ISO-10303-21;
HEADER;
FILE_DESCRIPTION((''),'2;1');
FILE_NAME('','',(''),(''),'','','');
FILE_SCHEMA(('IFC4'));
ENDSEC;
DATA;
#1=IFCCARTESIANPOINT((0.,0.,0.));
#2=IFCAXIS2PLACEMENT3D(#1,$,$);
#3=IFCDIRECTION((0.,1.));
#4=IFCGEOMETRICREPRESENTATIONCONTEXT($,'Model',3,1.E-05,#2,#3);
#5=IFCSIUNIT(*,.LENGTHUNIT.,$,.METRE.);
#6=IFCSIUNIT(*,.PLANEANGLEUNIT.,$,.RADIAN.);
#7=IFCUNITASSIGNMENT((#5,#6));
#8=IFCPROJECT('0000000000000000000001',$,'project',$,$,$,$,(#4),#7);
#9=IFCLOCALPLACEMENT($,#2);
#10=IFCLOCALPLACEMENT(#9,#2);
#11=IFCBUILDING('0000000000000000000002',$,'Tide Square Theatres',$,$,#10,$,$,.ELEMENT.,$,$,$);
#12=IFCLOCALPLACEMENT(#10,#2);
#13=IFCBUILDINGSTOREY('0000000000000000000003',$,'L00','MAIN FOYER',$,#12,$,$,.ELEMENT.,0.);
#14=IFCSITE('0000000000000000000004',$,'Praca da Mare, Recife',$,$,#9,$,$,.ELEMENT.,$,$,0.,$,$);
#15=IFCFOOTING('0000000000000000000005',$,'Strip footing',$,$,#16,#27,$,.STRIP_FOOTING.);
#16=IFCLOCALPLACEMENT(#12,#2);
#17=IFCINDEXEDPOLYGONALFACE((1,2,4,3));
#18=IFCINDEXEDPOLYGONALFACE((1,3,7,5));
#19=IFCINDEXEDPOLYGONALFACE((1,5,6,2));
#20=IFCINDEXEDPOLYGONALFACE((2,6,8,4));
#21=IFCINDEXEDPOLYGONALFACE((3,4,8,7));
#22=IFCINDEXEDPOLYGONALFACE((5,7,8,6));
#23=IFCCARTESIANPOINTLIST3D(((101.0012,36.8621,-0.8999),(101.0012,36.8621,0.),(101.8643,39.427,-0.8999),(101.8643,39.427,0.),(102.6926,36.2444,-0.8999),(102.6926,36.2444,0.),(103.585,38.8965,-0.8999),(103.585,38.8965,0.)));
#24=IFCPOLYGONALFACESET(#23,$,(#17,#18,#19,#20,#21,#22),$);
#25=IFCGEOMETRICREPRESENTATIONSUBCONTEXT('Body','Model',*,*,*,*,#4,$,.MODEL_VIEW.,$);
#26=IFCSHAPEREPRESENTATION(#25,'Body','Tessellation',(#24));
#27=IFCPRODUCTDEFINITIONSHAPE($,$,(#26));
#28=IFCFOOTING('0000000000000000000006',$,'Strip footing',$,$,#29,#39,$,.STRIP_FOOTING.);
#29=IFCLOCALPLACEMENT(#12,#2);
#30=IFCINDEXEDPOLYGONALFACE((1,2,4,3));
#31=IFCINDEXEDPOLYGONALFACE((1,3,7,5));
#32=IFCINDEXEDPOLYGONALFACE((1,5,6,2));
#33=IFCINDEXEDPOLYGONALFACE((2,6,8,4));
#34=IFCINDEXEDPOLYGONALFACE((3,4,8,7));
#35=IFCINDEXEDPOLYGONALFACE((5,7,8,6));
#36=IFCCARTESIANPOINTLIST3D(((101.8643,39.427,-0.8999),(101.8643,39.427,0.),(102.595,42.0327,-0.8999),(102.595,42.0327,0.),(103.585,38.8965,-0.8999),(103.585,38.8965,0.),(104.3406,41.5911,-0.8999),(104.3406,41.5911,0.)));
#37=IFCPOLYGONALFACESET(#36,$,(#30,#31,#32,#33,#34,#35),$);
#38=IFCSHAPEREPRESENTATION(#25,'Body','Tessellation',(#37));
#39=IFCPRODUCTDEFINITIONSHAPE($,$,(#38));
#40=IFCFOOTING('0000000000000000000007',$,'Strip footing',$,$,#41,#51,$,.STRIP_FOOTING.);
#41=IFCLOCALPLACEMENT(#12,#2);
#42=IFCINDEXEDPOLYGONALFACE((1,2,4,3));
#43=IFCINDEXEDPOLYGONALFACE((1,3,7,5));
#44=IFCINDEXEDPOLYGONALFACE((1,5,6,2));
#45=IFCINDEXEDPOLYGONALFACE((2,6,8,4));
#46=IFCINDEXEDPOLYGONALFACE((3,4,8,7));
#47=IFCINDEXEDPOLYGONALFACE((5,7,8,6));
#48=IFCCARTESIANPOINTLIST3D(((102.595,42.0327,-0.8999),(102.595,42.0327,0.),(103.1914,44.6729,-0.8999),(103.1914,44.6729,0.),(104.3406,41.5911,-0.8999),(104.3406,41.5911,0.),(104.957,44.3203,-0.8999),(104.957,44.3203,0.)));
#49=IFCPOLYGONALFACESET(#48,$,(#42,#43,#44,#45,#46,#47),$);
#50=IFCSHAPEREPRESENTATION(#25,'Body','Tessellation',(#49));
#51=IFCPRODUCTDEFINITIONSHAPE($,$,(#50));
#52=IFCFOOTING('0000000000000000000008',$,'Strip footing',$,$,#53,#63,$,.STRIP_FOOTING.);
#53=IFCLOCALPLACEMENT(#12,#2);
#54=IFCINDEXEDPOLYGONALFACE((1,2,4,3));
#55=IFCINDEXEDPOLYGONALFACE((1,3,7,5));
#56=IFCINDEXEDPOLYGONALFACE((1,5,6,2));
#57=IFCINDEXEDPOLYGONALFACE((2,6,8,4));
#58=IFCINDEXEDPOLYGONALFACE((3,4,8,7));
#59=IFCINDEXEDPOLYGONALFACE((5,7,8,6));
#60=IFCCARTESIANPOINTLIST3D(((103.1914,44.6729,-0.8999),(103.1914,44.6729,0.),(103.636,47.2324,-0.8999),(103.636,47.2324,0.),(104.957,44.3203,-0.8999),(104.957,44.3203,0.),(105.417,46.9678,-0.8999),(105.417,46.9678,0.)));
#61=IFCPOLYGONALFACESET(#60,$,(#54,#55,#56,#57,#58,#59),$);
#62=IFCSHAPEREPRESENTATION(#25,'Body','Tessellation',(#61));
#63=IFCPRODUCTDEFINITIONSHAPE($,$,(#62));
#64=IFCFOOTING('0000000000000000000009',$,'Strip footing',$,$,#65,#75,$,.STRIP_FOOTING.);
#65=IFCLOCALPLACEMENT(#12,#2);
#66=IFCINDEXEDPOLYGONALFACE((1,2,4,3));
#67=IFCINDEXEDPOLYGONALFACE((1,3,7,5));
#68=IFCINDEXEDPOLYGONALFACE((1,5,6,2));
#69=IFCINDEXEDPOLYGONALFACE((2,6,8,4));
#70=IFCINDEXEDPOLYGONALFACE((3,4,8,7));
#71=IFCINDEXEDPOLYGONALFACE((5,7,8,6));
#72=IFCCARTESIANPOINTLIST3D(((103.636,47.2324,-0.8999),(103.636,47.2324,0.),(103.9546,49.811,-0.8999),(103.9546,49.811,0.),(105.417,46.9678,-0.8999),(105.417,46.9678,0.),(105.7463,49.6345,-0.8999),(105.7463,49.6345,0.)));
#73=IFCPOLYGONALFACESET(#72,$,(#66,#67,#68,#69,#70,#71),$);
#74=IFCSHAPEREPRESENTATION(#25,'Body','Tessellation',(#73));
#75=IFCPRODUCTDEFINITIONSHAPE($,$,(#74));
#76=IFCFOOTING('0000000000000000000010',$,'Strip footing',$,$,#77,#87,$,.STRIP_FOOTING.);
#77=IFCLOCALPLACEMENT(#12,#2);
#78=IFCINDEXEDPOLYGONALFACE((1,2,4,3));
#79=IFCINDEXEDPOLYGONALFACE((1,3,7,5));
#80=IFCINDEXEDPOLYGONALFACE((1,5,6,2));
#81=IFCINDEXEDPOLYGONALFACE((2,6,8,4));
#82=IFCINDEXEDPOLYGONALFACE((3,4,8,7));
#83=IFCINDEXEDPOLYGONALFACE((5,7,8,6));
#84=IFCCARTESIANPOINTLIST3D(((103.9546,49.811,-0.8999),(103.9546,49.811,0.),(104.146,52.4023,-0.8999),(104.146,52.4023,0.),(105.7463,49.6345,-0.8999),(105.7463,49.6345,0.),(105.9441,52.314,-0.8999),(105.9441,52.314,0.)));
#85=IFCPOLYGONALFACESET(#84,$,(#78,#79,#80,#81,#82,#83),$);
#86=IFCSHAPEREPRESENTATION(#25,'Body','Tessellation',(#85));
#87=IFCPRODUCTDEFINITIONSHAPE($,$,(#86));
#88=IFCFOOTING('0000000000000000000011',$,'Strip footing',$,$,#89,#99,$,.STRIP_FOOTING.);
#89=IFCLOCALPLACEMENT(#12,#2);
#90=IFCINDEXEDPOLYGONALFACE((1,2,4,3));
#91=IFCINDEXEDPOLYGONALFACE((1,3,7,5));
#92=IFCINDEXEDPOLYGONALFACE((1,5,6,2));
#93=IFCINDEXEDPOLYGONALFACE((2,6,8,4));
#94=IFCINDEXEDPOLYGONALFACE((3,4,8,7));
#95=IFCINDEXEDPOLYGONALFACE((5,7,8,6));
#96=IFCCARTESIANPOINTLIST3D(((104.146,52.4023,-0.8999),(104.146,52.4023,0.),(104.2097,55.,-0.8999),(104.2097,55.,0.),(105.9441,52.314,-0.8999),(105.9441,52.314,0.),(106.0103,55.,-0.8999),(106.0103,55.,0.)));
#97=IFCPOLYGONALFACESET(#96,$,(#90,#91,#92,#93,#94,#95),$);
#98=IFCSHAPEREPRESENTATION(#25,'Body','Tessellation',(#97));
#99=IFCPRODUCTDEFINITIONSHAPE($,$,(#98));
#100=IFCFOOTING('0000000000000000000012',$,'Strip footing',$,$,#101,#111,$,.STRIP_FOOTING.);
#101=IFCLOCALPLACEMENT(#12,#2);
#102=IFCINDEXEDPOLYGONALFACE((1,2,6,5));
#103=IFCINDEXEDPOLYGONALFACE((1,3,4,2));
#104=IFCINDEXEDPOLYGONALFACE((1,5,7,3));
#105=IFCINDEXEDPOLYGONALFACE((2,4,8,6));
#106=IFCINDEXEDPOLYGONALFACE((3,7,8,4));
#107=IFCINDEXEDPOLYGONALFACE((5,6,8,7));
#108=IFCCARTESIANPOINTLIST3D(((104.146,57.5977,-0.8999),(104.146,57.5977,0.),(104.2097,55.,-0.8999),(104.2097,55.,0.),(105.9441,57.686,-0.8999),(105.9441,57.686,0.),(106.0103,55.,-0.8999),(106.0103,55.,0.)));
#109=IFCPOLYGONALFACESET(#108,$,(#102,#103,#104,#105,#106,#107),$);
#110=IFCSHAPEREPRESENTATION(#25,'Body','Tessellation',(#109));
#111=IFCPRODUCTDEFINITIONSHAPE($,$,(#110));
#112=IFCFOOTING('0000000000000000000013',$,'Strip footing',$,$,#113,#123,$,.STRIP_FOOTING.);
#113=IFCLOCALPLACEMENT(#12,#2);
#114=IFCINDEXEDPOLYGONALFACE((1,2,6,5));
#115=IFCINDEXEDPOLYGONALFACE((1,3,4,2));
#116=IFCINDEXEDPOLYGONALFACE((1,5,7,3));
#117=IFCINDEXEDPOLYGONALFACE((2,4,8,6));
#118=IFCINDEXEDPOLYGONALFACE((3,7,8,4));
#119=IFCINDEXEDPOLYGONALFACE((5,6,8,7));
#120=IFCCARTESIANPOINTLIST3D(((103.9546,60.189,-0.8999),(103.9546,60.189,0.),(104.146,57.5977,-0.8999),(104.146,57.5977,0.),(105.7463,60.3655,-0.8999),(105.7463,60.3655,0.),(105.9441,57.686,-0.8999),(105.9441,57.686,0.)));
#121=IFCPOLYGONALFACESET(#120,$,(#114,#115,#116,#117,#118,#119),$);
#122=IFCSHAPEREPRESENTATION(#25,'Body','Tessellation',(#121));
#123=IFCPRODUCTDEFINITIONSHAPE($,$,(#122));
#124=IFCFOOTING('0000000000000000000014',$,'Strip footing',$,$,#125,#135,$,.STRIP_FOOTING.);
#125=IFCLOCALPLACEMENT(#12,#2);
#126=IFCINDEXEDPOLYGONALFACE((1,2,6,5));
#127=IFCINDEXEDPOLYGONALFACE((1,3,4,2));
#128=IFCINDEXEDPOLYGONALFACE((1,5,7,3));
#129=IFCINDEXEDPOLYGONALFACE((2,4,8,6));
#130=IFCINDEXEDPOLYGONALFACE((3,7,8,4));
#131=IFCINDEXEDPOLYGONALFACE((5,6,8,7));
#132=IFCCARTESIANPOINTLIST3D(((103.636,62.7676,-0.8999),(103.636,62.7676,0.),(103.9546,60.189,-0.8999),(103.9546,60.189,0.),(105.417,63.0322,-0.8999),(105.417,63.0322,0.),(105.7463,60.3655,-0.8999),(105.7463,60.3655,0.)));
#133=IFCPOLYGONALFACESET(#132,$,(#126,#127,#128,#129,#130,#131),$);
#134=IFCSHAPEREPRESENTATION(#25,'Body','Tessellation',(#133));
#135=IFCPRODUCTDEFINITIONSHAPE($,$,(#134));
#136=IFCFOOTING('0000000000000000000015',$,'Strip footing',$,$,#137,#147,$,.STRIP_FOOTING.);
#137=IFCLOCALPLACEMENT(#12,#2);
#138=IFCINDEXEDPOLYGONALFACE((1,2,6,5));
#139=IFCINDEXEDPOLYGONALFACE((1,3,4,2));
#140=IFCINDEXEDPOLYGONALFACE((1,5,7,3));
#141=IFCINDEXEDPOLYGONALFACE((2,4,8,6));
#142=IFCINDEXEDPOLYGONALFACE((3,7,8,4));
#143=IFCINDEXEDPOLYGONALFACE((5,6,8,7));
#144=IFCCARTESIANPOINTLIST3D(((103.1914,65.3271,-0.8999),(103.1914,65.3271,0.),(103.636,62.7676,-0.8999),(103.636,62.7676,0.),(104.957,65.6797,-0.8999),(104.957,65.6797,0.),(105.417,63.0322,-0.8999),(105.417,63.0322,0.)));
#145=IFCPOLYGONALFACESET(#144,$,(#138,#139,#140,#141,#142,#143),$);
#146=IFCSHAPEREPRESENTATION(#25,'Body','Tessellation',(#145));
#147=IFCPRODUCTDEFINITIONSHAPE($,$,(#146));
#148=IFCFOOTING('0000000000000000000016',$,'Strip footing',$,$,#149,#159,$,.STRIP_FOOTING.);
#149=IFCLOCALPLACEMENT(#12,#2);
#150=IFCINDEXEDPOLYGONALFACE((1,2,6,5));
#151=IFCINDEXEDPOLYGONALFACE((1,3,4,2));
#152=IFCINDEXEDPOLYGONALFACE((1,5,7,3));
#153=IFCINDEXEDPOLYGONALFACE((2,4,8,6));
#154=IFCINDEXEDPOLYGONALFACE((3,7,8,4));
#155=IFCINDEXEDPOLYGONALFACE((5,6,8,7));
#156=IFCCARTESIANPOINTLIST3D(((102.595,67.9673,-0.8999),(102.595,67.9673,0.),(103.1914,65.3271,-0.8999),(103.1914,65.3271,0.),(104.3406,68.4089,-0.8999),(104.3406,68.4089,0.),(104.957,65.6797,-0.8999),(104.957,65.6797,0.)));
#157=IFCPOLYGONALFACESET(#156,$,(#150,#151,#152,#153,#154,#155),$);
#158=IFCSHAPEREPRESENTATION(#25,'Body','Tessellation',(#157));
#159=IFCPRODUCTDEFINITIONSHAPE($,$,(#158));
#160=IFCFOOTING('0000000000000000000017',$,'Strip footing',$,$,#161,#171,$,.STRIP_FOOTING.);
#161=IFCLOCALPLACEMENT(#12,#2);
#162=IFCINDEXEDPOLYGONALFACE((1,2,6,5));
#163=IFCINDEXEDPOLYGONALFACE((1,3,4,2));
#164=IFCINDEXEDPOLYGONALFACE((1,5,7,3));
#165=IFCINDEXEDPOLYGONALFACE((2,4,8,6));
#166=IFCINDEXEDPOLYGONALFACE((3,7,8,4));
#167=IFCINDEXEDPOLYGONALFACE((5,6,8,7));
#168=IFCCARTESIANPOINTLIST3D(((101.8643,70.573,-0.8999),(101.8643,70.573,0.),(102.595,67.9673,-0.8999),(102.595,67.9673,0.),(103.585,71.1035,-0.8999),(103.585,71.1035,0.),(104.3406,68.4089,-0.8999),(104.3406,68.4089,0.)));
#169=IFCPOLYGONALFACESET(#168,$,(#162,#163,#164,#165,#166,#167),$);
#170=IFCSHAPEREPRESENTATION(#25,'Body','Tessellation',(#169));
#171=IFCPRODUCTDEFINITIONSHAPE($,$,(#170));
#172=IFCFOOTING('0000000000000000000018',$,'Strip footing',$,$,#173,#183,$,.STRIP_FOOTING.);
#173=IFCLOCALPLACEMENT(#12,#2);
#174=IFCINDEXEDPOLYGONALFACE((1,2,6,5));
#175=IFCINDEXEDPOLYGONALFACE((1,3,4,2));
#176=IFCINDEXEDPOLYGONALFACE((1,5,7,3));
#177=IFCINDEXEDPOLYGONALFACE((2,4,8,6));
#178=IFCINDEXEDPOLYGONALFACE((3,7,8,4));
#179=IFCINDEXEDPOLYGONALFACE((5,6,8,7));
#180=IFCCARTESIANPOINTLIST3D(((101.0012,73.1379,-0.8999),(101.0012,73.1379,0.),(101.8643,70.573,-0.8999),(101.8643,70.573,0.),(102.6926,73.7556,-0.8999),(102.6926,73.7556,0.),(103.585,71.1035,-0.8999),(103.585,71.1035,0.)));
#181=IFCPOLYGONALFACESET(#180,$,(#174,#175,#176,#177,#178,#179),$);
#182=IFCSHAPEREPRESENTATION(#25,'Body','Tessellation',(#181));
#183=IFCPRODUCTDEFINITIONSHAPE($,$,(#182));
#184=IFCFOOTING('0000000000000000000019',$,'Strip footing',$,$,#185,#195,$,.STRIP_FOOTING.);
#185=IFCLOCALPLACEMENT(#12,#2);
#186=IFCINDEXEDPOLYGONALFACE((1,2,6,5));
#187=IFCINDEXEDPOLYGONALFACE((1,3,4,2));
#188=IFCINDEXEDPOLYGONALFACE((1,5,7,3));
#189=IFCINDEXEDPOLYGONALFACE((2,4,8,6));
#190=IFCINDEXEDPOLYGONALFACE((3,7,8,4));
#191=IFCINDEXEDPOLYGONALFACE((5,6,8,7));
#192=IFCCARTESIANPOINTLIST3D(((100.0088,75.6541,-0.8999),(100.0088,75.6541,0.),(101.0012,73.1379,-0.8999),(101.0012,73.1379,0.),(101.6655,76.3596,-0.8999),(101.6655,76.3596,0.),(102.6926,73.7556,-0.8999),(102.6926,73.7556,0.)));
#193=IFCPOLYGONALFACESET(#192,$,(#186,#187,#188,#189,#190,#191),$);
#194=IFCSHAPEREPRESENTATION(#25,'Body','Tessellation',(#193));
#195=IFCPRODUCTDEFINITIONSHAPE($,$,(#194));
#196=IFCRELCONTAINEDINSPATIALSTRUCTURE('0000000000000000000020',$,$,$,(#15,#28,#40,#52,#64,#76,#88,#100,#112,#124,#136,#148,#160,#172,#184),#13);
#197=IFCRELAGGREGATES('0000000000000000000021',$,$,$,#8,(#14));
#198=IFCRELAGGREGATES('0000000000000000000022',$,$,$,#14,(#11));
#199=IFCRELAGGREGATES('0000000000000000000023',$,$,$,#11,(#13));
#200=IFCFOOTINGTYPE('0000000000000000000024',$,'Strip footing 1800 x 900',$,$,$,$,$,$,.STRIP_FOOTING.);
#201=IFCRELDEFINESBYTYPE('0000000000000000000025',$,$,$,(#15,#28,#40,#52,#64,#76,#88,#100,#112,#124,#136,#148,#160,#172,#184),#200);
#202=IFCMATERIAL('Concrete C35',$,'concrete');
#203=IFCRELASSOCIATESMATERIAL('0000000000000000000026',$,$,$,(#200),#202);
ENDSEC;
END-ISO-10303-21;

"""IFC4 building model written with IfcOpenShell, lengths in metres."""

from ifc_helpers import new_model, si_unit, direction, frame, origin, place, context, subcontext, project, spatial, polyline, outline, extrude, material, type_object, element, save


model = new_model("IFC4")

# Units and contexts
model_context = context("Model", 3, precision=1e-05, world=origin(), true_north=direction((0.0, 1.0)))
body_context = subcontext(model_context, "Body", "Model", "MODEL_VIEW")
ifc_project = project(units=[si_unit("LENGTHUNIT", "METRE"), si_unit("PLANEANGLEUNIT", "RADIAN")], contexts=[model_context])

# Site, building, storey
site_placement = place(None, origin())
site = spatial("IfcSite", under=ifc_project, at=site_placement, Name="Praca da Mare, Recife", CompositionType="ELEMENT", RefElevation=0.0)
building_placement = place(site_placement, origin())
building = spatial("IfcBuilding", under=site, at=building_placement, Name="Tide Square Theatres", CompositionType="ELEMENT")
storey_placement = place(building_placement, origin())
storey = spatial("IfcBuildingStorey", under=building, at=storey_placement, Name="L00", Description="MAIN FOYER", CompositionType="ELEMENT", Elevation=0.0)

# Footings
ifc_material = material(Name="Concrete C35", Category="concrete")
footing_type = type_object("IfcFootingType", Name="Strip footing 1800 x 900", PredefinedType="STRIP_FOOTING", material=ifc_material)
footing_1_placement = place(storey_placement, frame((0.0, 0.0, -0.8999)))
element("IfcFooting", 1, at=footing_1_placement, inside=storey, type_object=footing_type, Name="Strip footing", PredefinedType="STRIP_FOOTING", context=body_context, shape_type="SweptSolid", body=[
    extrude(outline(polyline([(102.6926, 36.2444), (103.585, 38.8965), (101.8643, 39.427), (101.0012, 36.8621), (102.6926, 36.2444)])), origin(), (0.0, 0.0, 1.0), 0.8999),
])
footing_2_placement = place(storey_placement, frame((0.0, 0.0, -0.8999)))
element("IfcFooting", 2, at=footing_2_placement, inside=storey, type_object=footing_type, Name="Strip footing", PredefinedType="STRIP_FOOTING", context=body_context, shape_type="SweptSolid", body=[
    extrude(outline(polyline([(103.585, 38.8965), (104.3406, 41.5911), (102.595, 42.0327), (101.8643, 39.427), (103.585, 38.8965)])), origin(), (0.0, 0.0, 1.0), 0.8999),
])
footing_3_placement = place(storey_placement, frame((0.0, 0.0, -0.8999)))
element("IfcFooting", 3, at=footing_3_placement, inside=storey, type_object=footing_type, Name="Strip footing", PredefinedType="STRIP_FOOTING", context=body_context, shape_type="SweptSolid", body=[
    extrude(outline(polyline([(104.3406, 41.5911), (104.957, 44.3203), (103.1914, 44.6729), (102.595, 42.0327), (104.3406, 41.5911)])), origin(), (0.0, 0.0, 1.0), 0.8999),
])
footing_4_placement = place(storey_placement, frame((0.0, 0.0, -0.8999)))
element("IfcFooting", 4, at=footing_4_placement, inside=storey, type_object=footing_type, Name="Strip footing", PredefinedType="STRIP_FOOTING", context=body_context, shape_type="SweptSolid", body=[
    extrude(outline(polyline([(104.957, 44.3203), (105.417, 46.9678), (103.636, 47.2324), (103.1914, 44.6729), (104.957, 44.3203)])), origin(), (0.0, 0.0, 1.0), 0.8999),
])
footing_5_placement = place(storey_placement, frame((0.0, 0.0, -0.8999)))
element("IfcFooting", 5, at=footing_5_placement, inside=storey, type_object=footing_type, Name="Strip footing", PredefinedType="STRIP_FOOTING", context=body_context, shape_type="SweptSolid", body=[
    extrude(outline(polyline([(105.417, 46.9678), (105.7463, 49.6345), (103.9546, 49.811), (103.636, 47.2324), (105.417, 46.9678)])), origin(), (0.0, 0.0, 1.0), 0.8999),
])
footing_6_placement = place(storey_placement, frame((0.0, 0.0, -0.8999)))
element("IfcFooting", 6, at=footing_6_placement, inside=storey, type_object=footing_type, Name="Strip footing", PredefinedType="STRIP_FOOTING", context=body_context, shape_type="SweptSolid", body=[
    extrude(outline(polyline([(105.7463, 49.6345), (105.9441, 52.314), (104.146, 52.4023), (103.9546, 49.811), (105.7463, 49.6345)])), origin(), (0.0, 0.0, 1.0), 0.8999),
])
footing_7_placement = place(storey_placement, frame((0.0, 0.0, -0.8999)))
element("IfcFooting", 7, at=footing_7_placement, inside=storey, type_object=footing_type, Name="Strip footing", PredefinedType="STRIP_FOOTING", context=body_context, shape_type="SweptSolid", body=[
    extrude(outline(polyline([(105.9441, 52.314), (106.0103, 55.0), (104.2097, 55.0), (104.146, 52.4023), (105.9441, 52.314)])), origin(), (0.0, 0.0, 1.0), 0.8999),
])
footing_8_placement = place(storey_placement, frame((0.0, 0.0, -0.8999)))
element("IfcFooting", 8, at=footing_8_placement, inside=storey, type_object=footing_type, Name="Strip footing", PredefinedType="STRIP_FOOTING", context=body_context, shape_type="SweptSolid", body=[
    extrude(outline(polyline([(106.0103, 55.0), (105.9441, 57.686), (104.146, 57.5977), (104.2097, 55.0), (106.0103, 55.0)])), origin(), (0.0, 0.0, 1.0), 0.8999),
])
footing_9_placement = place(storey_placement, frame((0.0, 0.0, -0.8999)))
element("IfcFooting", 9, at=footing_9_placement, inside=storey, type_object=footing_type, Name="Strip footing", PredefinedType="STRIP_FOOTING", context=body_context, shape_type="SweptSolid", body=[
    extrude(outline(polyline([(105.9441, 57.686), (105.7463, 60.3655), (103.9546, 60.189), (104.146, 57.5977), (105.9441, 57.686)])), origin(), (0.0, 0.0, 1.0), 0.8999),
])
footing_10_placement = place(storey_placement, frame((0.0, 0.0, -0.8999)))
element("IfcFooting", 10, at=footing_10_placement, inside=storey, type_object=footing_type, Name="Strip footing", PredefinedType="STRIP_FOOTING", context=body_context, shape_type="SweptSolid", body=[
    extrude(outline(polyline([(105.7463, 60.3655), (105.417, 63.0322), (103.636, 62.7676), (103.9546, 60.189), (105.7463, 60.3655)])), origin(), (0.0, 0.0, 1.0), 0.8999),
])
footing_11_placement = place(storey_placement, frame((0.0, 0.0, -0.8999)))
element("IfcFooting", 11, at=footing_11_placement, inside=storey, type_object=footing_type, Name="Strip footing", PredefinedType="STRIP_FOOTING", context=body_context, shape_type="SweptSolid", body=[
    extrude(outline(polyline([(105.417, 63.0322), (104.957, 65.6797), (103.1914, 65.3271), (103.636, 62.7676), (105.417, 63.0322)])), origin(), (0.0, 0.0, 1.0), 0.8999),
])
footing_12_placement = place(storey_placement, frame((0.0, 0.0, -0.8999)))
element("IfcFooting", 12, at=footing_12_placement, inside=storey, type_object=footing_type, Name="Strip footing", PredefinedType="STRIP_FOOTING", context=body_context, shape_type="SweptSolid", body=[
    extrude(outline(polyline([(104.957, 65.6797), (104.3406, 68.4089), (102.595, 67.9673), (103.1914, 65.3271), (104.957, 65.6797)])), origin(), (0.0, 0.0, 1.0), 0.8999),
])
footing_13_placement = place(storey_placement, frame((0.0, 0.0, -0.8999)))
element("IfcFooting", 13, at=footing_13_placement, inside=storey, type_object=footing_type, Name="Strip footing", PredefinedType="STRIP_FOOTING", context=body_context, shape_type="SweptSolid", body=[
    extrude(outline(polyline([(104.3406, 68.4089), (103.585, 71.1035), (101.8643, 70.573), (102.595, 67.9673), (104.3406, 68.4089)])), origin(), (0.0, 0.0, 1.0), 0.8999),
])
footing_14_placement = place(storey_placement, frame((0.0, 0.0, -0.8999)))
element("IfcFooting", 14, at=footing_14_placement, inside=storey, type_object=footing_type, Name="Strip footing", PredefinedType="STRIP_FOOTING", context=body_context, shape_type="SweptSolid", body=[
    extrude(outline(polyline([(103.585, 71.1035), (102.6926, 73.7556), (101.0012, 73.1379), (101.8643, 70.573), (103.585, 71.1035)])), origin(), (0.0, 0.0, 1.0), 0.8999),
])
footing_15_placement = place(storey_placement, frame((0.0, 0.0, -0.8999)))
element("IfcFooting", 15, at=footing_15_placement, inside=storey, type_object=footing_type, Name="Strip footing", PredefinedType="STRIP_FOOTING", context=body_context, shape_type="SweptSolid", body=[
    extrude(outline(polyline([(102.6926, 73.7556), (101.6655, 76.3596), (100.0088, 75.6541), (101.0012, 73.1379), (102.6926, 73.7556)])), origin(), (0.0, 0.0, 1.0), 0.8999),
])

save(model, "model.ifc")
